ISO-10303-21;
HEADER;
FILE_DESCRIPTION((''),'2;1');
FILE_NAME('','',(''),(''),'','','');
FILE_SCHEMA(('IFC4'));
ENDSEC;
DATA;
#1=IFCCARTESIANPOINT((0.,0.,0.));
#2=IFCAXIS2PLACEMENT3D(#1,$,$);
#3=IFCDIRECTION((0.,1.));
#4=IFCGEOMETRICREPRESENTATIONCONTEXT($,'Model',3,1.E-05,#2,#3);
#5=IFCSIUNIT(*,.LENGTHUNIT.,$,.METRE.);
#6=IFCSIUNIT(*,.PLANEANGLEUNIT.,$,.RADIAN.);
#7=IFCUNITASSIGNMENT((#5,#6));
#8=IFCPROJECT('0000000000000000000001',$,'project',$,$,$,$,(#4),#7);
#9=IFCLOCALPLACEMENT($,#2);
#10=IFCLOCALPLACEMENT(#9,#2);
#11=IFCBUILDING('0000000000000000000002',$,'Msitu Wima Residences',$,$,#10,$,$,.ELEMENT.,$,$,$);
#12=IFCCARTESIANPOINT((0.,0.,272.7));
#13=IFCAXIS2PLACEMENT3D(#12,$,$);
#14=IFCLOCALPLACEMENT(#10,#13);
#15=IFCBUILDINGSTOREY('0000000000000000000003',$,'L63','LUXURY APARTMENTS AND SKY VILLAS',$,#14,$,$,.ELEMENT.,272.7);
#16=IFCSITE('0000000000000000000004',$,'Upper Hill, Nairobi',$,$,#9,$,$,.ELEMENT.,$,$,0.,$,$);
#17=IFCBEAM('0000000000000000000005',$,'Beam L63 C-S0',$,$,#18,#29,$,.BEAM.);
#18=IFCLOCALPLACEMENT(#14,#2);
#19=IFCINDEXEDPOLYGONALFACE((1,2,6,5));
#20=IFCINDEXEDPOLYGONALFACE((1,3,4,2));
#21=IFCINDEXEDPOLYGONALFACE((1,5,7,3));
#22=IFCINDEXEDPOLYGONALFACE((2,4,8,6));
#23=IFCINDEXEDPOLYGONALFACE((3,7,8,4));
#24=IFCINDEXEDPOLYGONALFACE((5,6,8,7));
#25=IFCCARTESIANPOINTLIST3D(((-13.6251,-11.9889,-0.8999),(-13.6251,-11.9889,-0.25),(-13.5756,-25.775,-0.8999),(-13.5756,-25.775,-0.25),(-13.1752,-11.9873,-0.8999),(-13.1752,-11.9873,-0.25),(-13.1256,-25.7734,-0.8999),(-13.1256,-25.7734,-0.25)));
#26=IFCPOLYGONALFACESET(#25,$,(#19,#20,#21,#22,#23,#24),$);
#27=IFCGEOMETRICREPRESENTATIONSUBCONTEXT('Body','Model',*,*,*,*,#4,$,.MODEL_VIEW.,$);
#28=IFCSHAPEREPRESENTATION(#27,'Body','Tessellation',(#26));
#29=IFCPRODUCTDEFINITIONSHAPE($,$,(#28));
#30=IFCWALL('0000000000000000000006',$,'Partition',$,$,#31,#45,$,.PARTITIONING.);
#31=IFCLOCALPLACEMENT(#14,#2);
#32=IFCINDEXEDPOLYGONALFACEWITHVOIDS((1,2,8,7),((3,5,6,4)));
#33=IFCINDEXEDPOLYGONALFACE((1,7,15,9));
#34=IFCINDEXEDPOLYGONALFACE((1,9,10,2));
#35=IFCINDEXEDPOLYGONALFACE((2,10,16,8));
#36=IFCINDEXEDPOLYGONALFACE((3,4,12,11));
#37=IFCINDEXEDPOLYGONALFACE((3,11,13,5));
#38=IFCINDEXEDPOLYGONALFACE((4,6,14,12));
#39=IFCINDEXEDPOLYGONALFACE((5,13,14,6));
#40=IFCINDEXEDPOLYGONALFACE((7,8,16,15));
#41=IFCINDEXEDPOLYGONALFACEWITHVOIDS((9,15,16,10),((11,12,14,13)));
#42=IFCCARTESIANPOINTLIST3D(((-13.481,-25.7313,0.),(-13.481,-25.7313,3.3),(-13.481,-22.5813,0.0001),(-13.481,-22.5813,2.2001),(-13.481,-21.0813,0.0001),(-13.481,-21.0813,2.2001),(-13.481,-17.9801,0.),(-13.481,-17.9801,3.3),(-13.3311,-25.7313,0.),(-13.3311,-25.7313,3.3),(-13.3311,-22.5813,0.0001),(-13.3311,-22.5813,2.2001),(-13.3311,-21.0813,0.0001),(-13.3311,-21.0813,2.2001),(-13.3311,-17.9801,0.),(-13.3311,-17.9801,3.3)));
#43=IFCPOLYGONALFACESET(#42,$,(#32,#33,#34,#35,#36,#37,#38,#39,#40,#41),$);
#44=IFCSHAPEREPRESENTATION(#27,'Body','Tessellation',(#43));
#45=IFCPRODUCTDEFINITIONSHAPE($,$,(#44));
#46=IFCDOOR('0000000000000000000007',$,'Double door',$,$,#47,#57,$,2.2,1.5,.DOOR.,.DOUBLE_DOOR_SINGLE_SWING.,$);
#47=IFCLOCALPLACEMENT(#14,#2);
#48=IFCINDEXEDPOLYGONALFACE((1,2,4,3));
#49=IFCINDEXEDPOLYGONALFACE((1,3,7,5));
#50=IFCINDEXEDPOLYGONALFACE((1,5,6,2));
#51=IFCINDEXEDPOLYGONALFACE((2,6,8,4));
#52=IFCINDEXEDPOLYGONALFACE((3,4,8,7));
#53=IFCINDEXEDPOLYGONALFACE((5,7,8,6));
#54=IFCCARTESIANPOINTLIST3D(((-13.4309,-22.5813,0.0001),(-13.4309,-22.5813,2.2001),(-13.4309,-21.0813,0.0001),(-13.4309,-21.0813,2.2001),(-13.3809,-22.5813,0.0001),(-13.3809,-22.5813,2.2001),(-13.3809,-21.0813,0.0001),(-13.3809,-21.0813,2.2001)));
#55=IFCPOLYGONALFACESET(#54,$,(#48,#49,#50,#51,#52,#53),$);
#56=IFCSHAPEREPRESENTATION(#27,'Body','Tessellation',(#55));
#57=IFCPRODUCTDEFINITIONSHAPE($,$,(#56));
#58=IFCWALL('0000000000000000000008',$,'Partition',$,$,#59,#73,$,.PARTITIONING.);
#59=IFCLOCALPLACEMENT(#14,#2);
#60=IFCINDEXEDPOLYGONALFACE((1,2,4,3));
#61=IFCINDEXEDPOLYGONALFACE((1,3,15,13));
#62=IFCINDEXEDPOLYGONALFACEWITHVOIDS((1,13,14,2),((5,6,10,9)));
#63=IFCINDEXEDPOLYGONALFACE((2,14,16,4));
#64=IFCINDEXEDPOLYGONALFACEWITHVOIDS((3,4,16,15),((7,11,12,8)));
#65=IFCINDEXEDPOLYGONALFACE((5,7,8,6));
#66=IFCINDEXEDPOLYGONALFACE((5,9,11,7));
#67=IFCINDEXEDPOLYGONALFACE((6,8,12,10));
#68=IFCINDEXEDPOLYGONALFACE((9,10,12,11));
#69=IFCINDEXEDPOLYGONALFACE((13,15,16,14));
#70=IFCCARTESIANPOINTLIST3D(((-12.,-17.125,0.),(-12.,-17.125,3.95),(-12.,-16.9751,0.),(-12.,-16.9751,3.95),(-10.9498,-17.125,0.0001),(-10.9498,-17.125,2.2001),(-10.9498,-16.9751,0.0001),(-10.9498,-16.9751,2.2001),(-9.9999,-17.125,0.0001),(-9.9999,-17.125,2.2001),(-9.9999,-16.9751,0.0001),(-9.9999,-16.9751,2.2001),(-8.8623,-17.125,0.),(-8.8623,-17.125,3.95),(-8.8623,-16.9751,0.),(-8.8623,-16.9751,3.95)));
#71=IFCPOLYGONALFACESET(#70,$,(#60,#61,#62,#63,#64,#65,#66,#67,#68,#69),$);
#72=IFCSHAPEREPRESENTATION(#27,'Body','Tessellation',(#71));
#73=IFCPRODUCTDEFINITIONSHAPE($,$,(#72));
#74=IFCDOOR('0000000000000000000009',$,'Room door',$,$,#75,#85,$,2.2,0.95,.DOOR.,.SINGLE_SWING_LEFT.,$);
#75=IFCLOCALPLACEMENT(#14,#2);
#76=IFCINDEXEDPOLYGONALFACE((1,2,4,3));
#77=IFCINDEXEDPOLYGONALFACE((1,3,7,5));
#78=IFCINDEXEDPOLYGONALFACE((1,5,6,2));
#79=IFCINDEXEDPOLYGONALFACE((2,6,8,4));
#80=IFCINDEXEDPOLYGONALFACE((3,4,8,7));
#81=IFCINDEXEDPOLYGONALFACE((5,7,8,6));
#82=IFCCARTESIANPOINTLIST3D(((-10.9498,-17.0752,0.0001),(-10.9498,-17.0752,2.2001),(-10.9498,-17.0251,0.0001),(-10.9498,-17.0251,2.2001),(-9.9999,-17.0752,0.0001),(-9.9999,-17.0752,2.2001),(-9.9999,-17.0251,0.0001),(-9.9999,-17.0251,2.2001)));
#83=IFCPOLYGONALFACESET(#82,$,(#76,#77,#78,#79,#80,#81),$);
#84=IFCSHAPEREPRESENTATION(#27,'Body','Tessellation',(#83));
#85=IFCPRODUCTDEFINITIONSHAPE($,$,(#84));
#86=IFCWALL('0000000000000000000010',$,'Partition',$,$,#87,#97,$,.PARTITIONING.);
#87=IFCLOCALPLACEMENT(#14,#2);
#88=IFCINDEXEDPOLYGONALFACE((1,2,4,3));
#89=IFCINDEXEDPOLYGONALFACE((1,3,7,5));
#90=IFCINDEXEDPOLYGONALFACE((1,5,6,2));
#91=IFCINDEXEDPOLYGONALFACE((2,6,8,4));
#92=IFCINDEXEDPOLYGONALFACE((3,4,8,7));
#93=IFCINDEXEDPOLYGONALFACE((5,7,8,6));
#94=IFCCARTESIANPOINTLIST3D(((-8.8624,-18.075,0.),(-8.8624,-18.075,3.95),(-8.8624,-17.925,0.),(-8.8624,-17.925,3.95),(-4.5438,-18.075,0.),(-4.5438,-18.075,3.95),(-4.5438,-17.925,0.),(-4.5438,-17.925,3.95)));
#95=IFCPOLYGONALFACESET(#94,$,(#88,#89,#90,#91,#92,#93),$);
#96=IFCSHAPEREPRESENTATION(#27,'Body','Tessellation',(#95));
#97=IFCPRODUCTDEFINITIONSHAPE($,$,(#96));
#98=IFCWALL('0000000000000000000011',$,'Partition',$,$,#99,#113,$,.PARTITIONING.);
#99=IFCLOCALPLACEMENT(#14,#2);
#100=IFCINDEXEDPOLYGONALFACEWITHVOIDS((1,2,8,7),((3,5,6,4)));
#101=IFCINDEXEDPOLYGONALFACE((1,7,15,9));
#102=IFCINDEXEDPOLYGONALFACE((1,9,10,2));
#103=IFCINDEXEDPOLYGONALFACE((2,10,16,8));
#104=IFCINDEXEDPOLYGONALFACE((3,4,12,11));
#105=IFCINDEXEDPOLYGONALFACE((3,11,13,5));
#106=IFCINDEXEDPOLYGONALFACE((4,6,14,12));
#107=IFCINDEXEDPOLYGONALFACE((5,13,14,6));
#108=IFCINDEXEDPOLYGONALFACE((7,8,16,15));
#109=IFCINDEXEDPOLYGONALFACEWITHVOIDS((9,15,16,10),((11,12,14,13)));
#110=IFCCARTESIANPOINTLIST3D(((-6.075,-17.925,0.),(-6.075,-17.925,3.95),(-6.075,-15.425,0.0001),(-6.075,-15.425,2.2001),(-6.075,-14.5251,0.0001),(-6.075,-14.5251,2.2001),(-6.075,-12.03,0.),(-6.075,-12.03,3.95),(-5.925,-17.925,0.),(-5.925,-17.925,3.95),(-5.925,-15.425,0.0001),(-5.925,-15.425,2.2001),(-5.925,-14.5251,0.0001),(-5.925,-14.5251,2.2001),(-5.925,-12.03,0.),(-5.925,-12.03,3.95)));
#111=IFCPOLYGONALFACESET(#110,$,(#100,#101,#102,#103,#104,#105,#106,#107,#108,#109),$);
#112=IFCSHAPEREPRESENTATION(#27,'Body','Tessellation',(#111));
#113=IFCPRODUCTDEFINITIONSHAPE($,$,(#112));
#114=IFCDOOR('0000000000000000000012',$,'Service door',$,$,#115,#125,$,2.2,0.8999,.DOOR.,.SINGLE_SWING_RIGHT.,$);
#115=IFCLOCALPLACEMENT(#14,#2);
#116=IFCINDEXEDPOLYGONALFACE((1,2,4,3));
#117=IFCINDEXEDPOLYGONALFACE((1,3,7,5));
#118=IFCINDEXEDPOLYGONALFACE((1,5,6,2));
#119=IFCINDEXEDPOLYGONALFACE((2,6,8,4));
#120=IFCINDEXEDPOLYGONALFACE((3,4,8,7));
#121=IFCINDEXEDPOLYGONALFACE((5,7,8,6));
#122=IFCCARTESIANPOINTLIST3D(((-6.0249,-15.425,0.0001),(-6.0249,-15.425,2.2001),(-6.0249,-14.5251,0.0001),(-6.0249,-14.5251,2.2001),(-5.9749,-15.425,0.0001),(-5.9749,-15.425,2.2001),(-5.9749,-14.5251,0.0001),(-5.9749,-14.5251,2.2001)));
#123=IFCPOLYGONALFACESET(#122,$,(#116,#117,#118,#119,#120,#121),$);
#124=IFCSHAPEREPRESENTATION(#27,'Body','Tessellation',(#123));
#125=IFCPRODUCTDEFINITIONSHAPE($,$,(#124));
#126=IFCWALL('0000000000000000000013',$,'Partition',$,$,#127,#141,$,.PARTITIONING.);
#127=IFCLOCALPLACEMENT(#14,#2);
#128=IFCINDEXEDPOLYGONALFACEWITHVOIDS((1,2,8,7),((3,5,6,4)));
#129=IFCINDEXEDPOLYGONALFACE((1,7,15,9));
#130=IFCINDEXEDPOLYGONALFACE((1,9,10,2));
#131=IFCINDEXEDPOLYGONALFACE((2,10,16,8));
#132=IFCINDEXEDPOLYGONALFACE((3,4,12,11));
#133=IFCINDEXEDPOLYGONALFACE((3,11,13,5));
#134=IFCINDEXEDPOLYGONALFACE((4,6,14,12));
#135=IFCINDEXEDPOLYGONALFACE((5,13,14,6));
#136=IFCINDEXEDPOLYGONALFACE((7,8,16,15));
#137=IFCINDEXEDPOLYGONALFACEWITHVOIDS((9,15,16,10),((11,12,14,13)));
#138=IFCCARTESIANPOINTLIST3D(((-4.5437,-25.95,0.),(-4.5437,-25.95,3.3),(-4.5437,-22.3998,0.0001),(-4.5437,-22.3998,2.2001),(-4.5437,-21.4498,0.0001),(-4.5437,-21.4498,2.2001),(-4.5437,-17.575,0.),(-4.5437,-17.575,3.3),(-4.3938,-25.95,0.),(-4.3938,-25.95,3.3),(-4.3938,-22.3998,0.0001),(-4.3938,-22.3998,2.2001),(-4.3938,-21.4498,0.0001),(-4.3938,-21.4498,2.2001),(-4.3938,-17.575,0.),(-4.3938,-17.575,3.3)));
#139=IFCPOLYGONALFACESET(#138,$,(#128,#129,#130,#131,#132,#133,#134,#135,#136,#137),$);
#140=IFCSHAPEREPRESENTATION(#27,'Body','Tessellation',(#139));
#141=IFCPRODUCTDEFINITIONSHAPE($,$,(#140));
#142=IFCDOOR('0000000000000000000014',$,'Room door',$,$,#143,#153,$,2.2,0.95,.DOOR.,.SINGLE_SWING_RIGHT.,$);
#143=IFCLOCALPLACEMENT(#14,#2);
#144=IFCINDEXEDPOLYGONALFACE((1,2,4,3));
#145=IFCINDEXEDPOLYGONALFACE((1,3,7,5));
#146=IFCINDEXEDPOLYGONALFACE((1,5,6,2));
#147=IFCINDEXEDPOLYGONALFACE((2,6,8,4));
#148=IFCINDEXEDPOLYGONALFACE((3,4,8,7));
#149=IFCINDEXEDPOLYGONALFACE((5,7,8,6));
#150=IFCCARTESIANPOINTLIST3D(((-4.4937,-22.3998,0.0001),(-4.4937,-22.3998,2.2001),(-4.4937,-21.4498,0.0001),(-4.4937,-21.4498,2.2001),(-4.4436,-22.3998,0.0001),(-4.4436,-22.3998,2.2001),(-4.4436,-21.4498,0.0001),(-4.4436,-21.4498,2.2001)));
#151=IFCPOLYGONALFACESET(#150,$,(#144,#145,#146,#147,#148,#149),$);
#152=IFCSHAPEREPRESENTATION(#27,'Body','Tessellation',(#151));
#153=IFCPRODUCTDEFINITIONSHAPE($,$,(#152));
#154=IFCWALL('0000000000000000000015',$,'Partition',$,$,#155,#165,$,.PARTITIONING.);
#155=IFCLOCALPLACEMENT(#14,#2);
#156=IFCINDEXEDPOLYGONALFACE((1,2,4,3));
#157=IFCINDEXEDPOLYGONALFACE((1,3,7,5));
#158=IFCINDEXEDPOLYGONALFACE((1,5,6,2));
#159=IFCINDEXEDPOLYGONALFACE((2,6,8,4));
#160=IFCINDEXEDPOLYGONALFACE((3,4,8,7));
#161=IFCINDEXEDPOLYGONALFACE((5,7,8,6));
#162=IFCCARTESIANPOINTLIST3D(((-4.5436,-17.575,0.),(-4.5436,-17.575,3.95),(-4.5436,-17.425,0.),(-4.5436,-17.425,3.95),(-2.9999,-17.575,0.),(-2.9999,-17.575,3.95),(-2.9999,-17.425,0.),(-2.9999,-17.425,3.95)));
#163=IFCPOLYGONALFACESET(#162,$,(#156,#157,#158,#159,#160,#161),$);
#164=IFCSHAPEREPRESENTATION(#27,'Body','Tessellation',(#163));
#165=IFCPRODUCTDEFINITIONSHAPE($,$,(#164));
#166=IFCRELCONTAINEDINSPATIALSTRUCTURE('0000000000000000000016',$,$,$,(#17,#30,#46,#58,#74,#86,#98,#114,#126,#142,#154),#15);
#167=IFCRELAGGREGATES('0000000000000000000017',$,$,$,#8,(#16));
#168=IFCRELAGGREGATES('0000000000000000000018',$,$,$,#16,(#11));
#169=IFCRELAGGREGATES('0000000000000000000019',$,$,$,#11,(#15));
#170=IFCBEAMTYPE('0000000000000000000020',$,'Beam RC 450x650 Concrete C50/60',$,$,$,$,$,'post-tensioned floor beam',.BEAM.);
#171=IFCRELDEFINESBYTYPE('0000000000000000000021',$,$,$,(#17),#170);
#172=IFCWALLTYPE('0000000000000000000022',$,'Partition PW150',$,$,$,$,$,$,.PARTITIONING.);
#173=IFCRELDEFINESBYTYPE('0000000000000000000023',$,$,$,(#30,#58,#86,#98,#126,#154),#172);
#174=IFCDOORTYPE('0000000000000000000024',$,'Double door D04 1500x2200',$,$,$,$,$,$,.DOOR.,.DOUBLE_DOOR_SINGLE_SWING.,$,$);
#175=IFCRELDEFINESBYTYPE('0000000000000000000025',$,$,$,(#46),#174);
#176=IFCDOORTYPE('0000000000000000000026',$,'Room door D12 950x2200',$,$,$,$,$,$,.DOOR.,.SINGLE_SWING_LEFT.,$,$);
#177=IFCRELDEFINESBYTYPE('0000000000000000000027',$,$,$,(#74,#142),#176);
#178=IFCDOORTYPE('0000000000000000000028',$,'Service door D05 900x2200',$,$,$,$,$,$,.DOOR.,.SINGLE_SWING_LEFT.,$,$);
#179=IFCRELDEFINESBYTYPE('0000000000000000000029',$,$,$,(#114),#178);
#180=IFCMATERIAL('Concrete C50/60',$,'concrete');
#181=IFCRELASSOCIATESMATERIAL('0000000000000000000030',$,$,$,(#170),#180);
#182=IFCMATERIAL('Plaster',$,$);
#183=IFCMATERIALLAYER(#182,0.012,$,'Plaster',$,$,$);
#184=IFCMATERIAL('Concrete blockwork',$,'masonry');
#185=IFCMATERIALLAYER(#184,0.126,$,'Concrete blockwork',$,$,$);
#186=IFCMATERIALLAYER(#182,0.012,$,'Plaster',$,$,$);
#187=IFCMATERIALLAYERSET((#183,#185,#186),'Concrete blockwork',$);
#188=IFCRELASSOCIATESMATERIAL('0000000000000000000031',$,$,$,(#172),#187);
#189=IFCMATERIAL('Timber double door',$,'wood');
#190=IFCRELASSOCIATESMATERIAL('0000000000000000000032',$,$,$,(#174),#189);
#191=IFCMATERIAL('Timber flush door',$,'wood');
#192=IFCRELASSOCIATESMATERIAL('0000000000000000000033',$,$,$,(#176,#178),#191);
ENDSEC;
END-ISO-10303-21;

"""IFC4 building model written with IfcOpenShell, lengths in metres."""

from ifc_helpers import new_model, si_unit, direction, frame, frame_2d, origin, origin_2d, place, context, subcontext, project, spatial, rectangle, extrude, material, layer, layer_set, material_profile, profile_set, type_object, element, fill, save


model = new_model("IFC4")

# Units and contexts
model_context = context("Model", 3, precision=1e-05, world=origin(), true_north=direction((0.0, 1.0)))
body_context = subcontext(model_context, "Body", "Model", "MODEL_VIEW")
ifc_project = project(units=[si_unit("LENGTHUNIT", "METRE"), si_unit("PLANEANGLEUNIT", "RADIAN")], contexts=[model_context])

# Site, building, storey
site_placement = place(None, origin())
site = spatial("IfcSite", under=ifc_project, at=site_placement, Name="Upper Hill, Nairobi", CompositionType="ELEMENT", RefElevation=0.0)
building_placement = place(site_placement, origin())
building = spatial("IfcBuilding", under=site, at=building_placement, Name="Msitu Wima Residences", CompositionType="ELEMENT")
storey_placement = place(building_placement, frame((0.0, 0.0, 272.7)))
storey = spatial("IfcBuildingStorey", under=building, at=storey_placement, Name="L63", Description="LUXURY APARTMENTS AND SKY VILLAS", CompositionType="ELEMENT", Elevation=272.7)

# Beam
ifc_material_1 = material(Name="Concrete C50/60", Category="concrete")
ifc_material_profile = material_profile(ifc_material_1, rectangle(XDim=0.45, YDim=0.6499, at=origin_2d()), Name="RC 450x650")
ifc_profile_set = profile_set([ifc_material_profile], Name="Concrete C50/60")
beam_type = type_object("IfcBeamType", Name="Beam RC 450x650 Concrete C50/60", ElementType="post-tensioned floor beam", PredefinedType="BEAM", material=ifc_profile_set)
beam_placement = place(storey_placement, frame((-13.3506, -25.7742, -0.575), z_axis=(-0.003595, 0.999994, 0.0), x_axis=(-0.999994, -0.003595, 0.0)))
element("IfcBeam", 1, at=beam_placement, inside=storey, type_object=beam_type, Name="Beam L63 C-S0", PredefinedType="BEAM", context=body_context, shape_type="SweptSolid", body=[
    extrude(rectangle(XDim=0.45, YDim=0.6499, at=origin_2d()), origin(), (0.0, 0.0, 1.0), 13.7861),
])

# Walls, openings, doors
ifc_material_2 = material(Name="Plaster")
ifc_layer_1 = layer(ifc_material_2, 0.012, Name="Plaster")
ifc_material_3 = material(Name="Concrete blockwork", Category="masonry")
ifc_layer_2 = layer(ifc_material_3, 0.126, Name="Concrete blockwork")
ifc_layer_3 = layer(ifc_material_2, 0.012, Name="Plaster")
ifc_layer_set_1 = layer_set([ifc_layer_1, ifc_layer_2, ifc_layer_3], Name="Concrete blockwork")
wall_type_1 = type_object("IfcWallType", Name="Partition PW150", PredefinedType="PARTITIONING", material=ifc_layer_set_1)
wall_1_placement = place(storey_placement, frame((-13.406, -25.7312, 0.0), z_axis=(0.0, 0.0, 1.0), x_axis=(0.0, 1.0, 0.0)))
wall_1 = element("IfcWall", 2, at=wall_1_placement, inside=storey, type_object=wall_type_1, Name="Partition", PredefinedType="PARTITIONING", context=body_context, shape_type="SweptSolid", body=[
    extrude(rectangle(XDim=7.7512, YDim=0.1499, at=frame_2d((3.8755, 0.0))), origin(), (0.0, 0.0, 1.0), 3.3),
])
opening_1_placement = place(wall_1_placement, frame((3.1499, 0.0, 0.0)))
opening_1 = element("IfcOpeningElement", 3, at=opening_1_placement, cuts=wall_1, PredefinedType="OPENING", context=body_context, shape_type="SweptSolid", body=[
    extrude(rectangle(XDim=1.5, YDim=2.2, at=frame_2d((0.75, 1.1001))), frame((0.0, 0.085, 0.0), z_axis=(0.0, -1.0, 0.0), x_axis=(1.0, 0.0, 0.0)), (0.0, 0.0, 1.0), 0.1699),
])
ifc_material_4 = material(Name="Timber double door", Category="wood")
door_type_1 = type_object("IfcDoorType", Name="Double door D04 1500x2200", OperationType="DOUBLE_DOOR_SINGLE_SWING", PredefinedType="DOOR", material=ifc_material_4)
door_1_placement = place(opening_1_placement, origin())
door_1 = element("IfcDoor", 4, at=door_1_placement, inside=storey, type_object=door_type_1, Name="Double door", OperationType="DOUBLE_DOOR_SINGLE_SWING", OverallHeight=2.2, OverallWidth=1.5, PredefinedType="DOOR", context=body_context, shape_type="SweptSolid", body=[
    extrude(rectangle(XDim=1.5, YDim=2.2, at=frame_2d((0.75, 1.1001))), frame((0.0, 0.0249, 0.0), z_axis=(0.0, -1.0, 0.0), x_axis=(1.0, 0.0, 0.0)), (0.0, 0.0, 1.0), 0.05),
])
fill(opening_1, door_1)
wall_2_placement = place(storey_placement, frame((-12.0, -17.05, 0.0), z_axis=(0.0, 0.0, 1.0), x_axis=(1.0, 0.0, 0.0)))
wall_2 = element("IfcWall", 5, at=wall_2_placement, inside=storey, type_object=wall_type_1, Name="Partition", PredefinedType="PARTITIONING", context=body_context, shape_type="SweptSolid", body=[
    extrude(rectangle(XDim=3.1377, YDim=0.1499, at=frame_2d((1.5688, 0.0))), origin(), (0.0, 0.0, 1.0), 3.95),
])
opening_2_placement = place(wall_2_placement, frame((1.05, 0.0, 0.0)))
opening_2 = element("IfcOpeningElement", 6, at=opening_2_placement, cuts=wall_2, PredefinedType="OPENING", context=body_context, shape_type="SweptSolid", body=[
    extrude(rectangle(XDim=0.95, YDim=2.2, at=frame_2d((0.4751, 1.1001))), frame((0.0, 0.085, 0.0), z_axis=(0.0, -1.0, 0.0), x_axis=(1.0, 0.0, 0.0)), (0.0, 0.0, 1.0), 0.1699),
])
ifc_material_5 = material(Name="Timber flush door", Category="wood")
door_type_2 = type_object("IfcDoorType", Name="Room door D12 950x2200", OperationType="SINGLE_SWING_LEFT", PredefinedType="DOOR", material=ifc_material_5)
door_2_placement = place(opening_2_placement, origin())
door_2 = element("IfcDoor", 7, at=door_2_placement, inside=storey, type_object=door_type_2, Name="Room door", OperationType="SINGLE_SWING_LEFT", OverallHeight=2.2, OverallWidth=0.95, PredefinedType="DOOR", context=body_context, shape_type="SweptSolid", body=[
    extrude(rectangle(XDim=0.95, YDim=2.2, at=frame_2d((0.4751, 1.1001))), frame((0.0, 0.0249, 0.0), z_axis=(0.0, -1.0, 0.0), x_axis=(1.0, 0.0, 0.0)), (0.0, 0.0, 1.0), 0.05),
])
fill(opening_2, door_2)

# Wall
wall_3_placement = place(storey_placement, frame((-8.8623, -18.0, 0.0), z_axis=(0.0, 0.0, 1.0), x_axis=(1.0, 0.0, 0.0)))
element("IfcWall", 8, at=wall_3_placement, inside=storey, type_object=wall_type_1, Name="Partition", PredefinedType="PARTITIONING", context=body_context, shape_type="SweptSolid", body=[
    extrude(rectangle(XDim=4.3186, YDim=0.1499, at=frame_2d((2.1592, 0.0))), origin(), (0.0, 0.0, 1.0), 3.95),
])

# Walls, openings, doors
wall_4_placement = place(storey_placement, frame((-6.0, -17.925, 0.0), z_axis=(0.0, 0.0, 1.0), x_axis=(0.0, 1.0, 0.0)))
wall_4 = element("IfcWall", 9, at=wall_4_placement, inside=storey, type_object=wall_type_1, Name="Partition", PredefinedType="PARTITIONING", context=body_context, shape_type="SweptSolid", body=[
    extrude(rectangle(XDim=5.895, YDim=0.1499, at=frame_2d((2.9475, 0.0))), origin(), (0.0, 0.0, 1.0), 3.95),
])
opening_3_placement = place(wall_4_placement, frame((2.5, 0.0, 0.0)))
opening_3 = element("IfcOpeningElement", 10, at=opening_3_placement, cuts=wall_4, PredefinedType="OPENING", context=body_context, shape_type="SweptSolid", body=[
    extrude(rectangle(XDim=0.8999, YDim=2.2, at=frame_2d((0.45, 1.1001))), frame((0.0, 0.085, 0.0), z_axis=(0.0, -1.0, 0.0), x_axis=(1.0, 0.0, 0.0)), (0.0, 0.0, 1.0), 0.1699),
])
door_type_3 = type_object("IfcDoorType", Name="Service door D05 900x2200", OperationType="SINGLE_SWING_LEFT", PredefinedType="DOOR", material=ifc_material_5)
door_3_placement = place(opening_3_placement, origin())
door_3 = element("IfcDoor", 11, at=door_3_placement, inside=storey, type_object=door_type_3, Name="Service door", OperationType="SINGLE_SWING_RIGHT", OverallHeight=2.2, OverallWidth=0.8999, PredefinedType="DOOR", context=body_context, shape_type="SweptSolid", body=[
    extrude(rectangle(XDim=0.8999, YDim=2.2, at=frame_2d((0.45, 1.1001))), frame((0.0, 0.0249, 0.0), z_axis=(0.0, -1.0, 0.0), x_axis=(1.0, 0.0, 0.0)), (0.0, 0.0, 1.0), 0.05),
])
fill(opening_3, door_3)
wall_5_placement = place(storey_placement, frame((-4.4688, -25.95, 0.0), z_axis=(0.0, 0.0, 1.0), x_axis=(0.0, 1.0, 0.0)))
wall_5 = element("IfcWall", 12, at=wall_5_placement, inside=storey, type_object=wall_type_1, Name="Partition", PredefinedType="PARTITIONING", context=body_context, shape_type="SweptSolid", body=[
    extrude(rectangle(XDim=8.375, YDim=0.1499, at=frame_2d((4.1875, 0.0))), origin(), (0.0, 0.0, 1.0), 3.3),
])
opening_4_placement = place(wall_5_placement, frame((3.55, 0.0, 0.0)))
opening_4 = element("IfcOpeningElement", 13, at=opening_4_placement, cuts=wall_5, PredefinedType="OPENING", context=body_context, shape_type="SweptSolid", body=[
    extrude(rectangle(XDim=0.95, YDim=2.2, at=frame_2d((0.4751, 1.1001))), frame((0.0, 0.085, 0.0), z_axis=(0.0, -1.0, 0.0), x_axis=(1.0, 0.0, 0.0)), (0.0, 0.0, 1.0), 0.1699),
])
door_4_placement = place(opening_4_placement, origin())
door_4 = element("IfcDoor", 14, at=door_4_placement, inside=storey, type_object=door_type_2, Name="Room door", OperationType="SINGLE_SWING_RIGHT", OverallHeight=2.2, OverallWidth=0.95, PredefinedType="DOOR", context=body_context, shape_type="SweptSolid", body=[
    extrude(rectangle(XDim=0.95, YDim=2.2, at=frame_2d((0.4751, 1.1001))), frame((0.0, 0.0249, 0.0), z_axis=(0.0, -1.0, 0.0), x_axis=(1.0, 0.0, 0.0)), (0.0, 0.0, 1.0), 0.05),
])
fill(opening_4, door_4)

# Wall
wall_6_placement = place(storey_placement, frame((-4.5437, -17.5, 0.0), z_axis=(0.0, 0.0, 1.0), x_axis=(1.0, 0.0, 0.0)))
element("IfcWall", 15, at=wall_6_placement, inside=storey, type_object=wall_type_1, Name="Partition", PredefinedType="PARTITIONING", context=body_context, shape_type="SweptSolid", body=[
    extrude(rectangle(XDim=1.5437, YDim=0.1499, at=frame_2d((0.772, 0.0))), origin(), (0.0, 0.0, 1.0), 3.95),
])

save(model, "model.ifc")
